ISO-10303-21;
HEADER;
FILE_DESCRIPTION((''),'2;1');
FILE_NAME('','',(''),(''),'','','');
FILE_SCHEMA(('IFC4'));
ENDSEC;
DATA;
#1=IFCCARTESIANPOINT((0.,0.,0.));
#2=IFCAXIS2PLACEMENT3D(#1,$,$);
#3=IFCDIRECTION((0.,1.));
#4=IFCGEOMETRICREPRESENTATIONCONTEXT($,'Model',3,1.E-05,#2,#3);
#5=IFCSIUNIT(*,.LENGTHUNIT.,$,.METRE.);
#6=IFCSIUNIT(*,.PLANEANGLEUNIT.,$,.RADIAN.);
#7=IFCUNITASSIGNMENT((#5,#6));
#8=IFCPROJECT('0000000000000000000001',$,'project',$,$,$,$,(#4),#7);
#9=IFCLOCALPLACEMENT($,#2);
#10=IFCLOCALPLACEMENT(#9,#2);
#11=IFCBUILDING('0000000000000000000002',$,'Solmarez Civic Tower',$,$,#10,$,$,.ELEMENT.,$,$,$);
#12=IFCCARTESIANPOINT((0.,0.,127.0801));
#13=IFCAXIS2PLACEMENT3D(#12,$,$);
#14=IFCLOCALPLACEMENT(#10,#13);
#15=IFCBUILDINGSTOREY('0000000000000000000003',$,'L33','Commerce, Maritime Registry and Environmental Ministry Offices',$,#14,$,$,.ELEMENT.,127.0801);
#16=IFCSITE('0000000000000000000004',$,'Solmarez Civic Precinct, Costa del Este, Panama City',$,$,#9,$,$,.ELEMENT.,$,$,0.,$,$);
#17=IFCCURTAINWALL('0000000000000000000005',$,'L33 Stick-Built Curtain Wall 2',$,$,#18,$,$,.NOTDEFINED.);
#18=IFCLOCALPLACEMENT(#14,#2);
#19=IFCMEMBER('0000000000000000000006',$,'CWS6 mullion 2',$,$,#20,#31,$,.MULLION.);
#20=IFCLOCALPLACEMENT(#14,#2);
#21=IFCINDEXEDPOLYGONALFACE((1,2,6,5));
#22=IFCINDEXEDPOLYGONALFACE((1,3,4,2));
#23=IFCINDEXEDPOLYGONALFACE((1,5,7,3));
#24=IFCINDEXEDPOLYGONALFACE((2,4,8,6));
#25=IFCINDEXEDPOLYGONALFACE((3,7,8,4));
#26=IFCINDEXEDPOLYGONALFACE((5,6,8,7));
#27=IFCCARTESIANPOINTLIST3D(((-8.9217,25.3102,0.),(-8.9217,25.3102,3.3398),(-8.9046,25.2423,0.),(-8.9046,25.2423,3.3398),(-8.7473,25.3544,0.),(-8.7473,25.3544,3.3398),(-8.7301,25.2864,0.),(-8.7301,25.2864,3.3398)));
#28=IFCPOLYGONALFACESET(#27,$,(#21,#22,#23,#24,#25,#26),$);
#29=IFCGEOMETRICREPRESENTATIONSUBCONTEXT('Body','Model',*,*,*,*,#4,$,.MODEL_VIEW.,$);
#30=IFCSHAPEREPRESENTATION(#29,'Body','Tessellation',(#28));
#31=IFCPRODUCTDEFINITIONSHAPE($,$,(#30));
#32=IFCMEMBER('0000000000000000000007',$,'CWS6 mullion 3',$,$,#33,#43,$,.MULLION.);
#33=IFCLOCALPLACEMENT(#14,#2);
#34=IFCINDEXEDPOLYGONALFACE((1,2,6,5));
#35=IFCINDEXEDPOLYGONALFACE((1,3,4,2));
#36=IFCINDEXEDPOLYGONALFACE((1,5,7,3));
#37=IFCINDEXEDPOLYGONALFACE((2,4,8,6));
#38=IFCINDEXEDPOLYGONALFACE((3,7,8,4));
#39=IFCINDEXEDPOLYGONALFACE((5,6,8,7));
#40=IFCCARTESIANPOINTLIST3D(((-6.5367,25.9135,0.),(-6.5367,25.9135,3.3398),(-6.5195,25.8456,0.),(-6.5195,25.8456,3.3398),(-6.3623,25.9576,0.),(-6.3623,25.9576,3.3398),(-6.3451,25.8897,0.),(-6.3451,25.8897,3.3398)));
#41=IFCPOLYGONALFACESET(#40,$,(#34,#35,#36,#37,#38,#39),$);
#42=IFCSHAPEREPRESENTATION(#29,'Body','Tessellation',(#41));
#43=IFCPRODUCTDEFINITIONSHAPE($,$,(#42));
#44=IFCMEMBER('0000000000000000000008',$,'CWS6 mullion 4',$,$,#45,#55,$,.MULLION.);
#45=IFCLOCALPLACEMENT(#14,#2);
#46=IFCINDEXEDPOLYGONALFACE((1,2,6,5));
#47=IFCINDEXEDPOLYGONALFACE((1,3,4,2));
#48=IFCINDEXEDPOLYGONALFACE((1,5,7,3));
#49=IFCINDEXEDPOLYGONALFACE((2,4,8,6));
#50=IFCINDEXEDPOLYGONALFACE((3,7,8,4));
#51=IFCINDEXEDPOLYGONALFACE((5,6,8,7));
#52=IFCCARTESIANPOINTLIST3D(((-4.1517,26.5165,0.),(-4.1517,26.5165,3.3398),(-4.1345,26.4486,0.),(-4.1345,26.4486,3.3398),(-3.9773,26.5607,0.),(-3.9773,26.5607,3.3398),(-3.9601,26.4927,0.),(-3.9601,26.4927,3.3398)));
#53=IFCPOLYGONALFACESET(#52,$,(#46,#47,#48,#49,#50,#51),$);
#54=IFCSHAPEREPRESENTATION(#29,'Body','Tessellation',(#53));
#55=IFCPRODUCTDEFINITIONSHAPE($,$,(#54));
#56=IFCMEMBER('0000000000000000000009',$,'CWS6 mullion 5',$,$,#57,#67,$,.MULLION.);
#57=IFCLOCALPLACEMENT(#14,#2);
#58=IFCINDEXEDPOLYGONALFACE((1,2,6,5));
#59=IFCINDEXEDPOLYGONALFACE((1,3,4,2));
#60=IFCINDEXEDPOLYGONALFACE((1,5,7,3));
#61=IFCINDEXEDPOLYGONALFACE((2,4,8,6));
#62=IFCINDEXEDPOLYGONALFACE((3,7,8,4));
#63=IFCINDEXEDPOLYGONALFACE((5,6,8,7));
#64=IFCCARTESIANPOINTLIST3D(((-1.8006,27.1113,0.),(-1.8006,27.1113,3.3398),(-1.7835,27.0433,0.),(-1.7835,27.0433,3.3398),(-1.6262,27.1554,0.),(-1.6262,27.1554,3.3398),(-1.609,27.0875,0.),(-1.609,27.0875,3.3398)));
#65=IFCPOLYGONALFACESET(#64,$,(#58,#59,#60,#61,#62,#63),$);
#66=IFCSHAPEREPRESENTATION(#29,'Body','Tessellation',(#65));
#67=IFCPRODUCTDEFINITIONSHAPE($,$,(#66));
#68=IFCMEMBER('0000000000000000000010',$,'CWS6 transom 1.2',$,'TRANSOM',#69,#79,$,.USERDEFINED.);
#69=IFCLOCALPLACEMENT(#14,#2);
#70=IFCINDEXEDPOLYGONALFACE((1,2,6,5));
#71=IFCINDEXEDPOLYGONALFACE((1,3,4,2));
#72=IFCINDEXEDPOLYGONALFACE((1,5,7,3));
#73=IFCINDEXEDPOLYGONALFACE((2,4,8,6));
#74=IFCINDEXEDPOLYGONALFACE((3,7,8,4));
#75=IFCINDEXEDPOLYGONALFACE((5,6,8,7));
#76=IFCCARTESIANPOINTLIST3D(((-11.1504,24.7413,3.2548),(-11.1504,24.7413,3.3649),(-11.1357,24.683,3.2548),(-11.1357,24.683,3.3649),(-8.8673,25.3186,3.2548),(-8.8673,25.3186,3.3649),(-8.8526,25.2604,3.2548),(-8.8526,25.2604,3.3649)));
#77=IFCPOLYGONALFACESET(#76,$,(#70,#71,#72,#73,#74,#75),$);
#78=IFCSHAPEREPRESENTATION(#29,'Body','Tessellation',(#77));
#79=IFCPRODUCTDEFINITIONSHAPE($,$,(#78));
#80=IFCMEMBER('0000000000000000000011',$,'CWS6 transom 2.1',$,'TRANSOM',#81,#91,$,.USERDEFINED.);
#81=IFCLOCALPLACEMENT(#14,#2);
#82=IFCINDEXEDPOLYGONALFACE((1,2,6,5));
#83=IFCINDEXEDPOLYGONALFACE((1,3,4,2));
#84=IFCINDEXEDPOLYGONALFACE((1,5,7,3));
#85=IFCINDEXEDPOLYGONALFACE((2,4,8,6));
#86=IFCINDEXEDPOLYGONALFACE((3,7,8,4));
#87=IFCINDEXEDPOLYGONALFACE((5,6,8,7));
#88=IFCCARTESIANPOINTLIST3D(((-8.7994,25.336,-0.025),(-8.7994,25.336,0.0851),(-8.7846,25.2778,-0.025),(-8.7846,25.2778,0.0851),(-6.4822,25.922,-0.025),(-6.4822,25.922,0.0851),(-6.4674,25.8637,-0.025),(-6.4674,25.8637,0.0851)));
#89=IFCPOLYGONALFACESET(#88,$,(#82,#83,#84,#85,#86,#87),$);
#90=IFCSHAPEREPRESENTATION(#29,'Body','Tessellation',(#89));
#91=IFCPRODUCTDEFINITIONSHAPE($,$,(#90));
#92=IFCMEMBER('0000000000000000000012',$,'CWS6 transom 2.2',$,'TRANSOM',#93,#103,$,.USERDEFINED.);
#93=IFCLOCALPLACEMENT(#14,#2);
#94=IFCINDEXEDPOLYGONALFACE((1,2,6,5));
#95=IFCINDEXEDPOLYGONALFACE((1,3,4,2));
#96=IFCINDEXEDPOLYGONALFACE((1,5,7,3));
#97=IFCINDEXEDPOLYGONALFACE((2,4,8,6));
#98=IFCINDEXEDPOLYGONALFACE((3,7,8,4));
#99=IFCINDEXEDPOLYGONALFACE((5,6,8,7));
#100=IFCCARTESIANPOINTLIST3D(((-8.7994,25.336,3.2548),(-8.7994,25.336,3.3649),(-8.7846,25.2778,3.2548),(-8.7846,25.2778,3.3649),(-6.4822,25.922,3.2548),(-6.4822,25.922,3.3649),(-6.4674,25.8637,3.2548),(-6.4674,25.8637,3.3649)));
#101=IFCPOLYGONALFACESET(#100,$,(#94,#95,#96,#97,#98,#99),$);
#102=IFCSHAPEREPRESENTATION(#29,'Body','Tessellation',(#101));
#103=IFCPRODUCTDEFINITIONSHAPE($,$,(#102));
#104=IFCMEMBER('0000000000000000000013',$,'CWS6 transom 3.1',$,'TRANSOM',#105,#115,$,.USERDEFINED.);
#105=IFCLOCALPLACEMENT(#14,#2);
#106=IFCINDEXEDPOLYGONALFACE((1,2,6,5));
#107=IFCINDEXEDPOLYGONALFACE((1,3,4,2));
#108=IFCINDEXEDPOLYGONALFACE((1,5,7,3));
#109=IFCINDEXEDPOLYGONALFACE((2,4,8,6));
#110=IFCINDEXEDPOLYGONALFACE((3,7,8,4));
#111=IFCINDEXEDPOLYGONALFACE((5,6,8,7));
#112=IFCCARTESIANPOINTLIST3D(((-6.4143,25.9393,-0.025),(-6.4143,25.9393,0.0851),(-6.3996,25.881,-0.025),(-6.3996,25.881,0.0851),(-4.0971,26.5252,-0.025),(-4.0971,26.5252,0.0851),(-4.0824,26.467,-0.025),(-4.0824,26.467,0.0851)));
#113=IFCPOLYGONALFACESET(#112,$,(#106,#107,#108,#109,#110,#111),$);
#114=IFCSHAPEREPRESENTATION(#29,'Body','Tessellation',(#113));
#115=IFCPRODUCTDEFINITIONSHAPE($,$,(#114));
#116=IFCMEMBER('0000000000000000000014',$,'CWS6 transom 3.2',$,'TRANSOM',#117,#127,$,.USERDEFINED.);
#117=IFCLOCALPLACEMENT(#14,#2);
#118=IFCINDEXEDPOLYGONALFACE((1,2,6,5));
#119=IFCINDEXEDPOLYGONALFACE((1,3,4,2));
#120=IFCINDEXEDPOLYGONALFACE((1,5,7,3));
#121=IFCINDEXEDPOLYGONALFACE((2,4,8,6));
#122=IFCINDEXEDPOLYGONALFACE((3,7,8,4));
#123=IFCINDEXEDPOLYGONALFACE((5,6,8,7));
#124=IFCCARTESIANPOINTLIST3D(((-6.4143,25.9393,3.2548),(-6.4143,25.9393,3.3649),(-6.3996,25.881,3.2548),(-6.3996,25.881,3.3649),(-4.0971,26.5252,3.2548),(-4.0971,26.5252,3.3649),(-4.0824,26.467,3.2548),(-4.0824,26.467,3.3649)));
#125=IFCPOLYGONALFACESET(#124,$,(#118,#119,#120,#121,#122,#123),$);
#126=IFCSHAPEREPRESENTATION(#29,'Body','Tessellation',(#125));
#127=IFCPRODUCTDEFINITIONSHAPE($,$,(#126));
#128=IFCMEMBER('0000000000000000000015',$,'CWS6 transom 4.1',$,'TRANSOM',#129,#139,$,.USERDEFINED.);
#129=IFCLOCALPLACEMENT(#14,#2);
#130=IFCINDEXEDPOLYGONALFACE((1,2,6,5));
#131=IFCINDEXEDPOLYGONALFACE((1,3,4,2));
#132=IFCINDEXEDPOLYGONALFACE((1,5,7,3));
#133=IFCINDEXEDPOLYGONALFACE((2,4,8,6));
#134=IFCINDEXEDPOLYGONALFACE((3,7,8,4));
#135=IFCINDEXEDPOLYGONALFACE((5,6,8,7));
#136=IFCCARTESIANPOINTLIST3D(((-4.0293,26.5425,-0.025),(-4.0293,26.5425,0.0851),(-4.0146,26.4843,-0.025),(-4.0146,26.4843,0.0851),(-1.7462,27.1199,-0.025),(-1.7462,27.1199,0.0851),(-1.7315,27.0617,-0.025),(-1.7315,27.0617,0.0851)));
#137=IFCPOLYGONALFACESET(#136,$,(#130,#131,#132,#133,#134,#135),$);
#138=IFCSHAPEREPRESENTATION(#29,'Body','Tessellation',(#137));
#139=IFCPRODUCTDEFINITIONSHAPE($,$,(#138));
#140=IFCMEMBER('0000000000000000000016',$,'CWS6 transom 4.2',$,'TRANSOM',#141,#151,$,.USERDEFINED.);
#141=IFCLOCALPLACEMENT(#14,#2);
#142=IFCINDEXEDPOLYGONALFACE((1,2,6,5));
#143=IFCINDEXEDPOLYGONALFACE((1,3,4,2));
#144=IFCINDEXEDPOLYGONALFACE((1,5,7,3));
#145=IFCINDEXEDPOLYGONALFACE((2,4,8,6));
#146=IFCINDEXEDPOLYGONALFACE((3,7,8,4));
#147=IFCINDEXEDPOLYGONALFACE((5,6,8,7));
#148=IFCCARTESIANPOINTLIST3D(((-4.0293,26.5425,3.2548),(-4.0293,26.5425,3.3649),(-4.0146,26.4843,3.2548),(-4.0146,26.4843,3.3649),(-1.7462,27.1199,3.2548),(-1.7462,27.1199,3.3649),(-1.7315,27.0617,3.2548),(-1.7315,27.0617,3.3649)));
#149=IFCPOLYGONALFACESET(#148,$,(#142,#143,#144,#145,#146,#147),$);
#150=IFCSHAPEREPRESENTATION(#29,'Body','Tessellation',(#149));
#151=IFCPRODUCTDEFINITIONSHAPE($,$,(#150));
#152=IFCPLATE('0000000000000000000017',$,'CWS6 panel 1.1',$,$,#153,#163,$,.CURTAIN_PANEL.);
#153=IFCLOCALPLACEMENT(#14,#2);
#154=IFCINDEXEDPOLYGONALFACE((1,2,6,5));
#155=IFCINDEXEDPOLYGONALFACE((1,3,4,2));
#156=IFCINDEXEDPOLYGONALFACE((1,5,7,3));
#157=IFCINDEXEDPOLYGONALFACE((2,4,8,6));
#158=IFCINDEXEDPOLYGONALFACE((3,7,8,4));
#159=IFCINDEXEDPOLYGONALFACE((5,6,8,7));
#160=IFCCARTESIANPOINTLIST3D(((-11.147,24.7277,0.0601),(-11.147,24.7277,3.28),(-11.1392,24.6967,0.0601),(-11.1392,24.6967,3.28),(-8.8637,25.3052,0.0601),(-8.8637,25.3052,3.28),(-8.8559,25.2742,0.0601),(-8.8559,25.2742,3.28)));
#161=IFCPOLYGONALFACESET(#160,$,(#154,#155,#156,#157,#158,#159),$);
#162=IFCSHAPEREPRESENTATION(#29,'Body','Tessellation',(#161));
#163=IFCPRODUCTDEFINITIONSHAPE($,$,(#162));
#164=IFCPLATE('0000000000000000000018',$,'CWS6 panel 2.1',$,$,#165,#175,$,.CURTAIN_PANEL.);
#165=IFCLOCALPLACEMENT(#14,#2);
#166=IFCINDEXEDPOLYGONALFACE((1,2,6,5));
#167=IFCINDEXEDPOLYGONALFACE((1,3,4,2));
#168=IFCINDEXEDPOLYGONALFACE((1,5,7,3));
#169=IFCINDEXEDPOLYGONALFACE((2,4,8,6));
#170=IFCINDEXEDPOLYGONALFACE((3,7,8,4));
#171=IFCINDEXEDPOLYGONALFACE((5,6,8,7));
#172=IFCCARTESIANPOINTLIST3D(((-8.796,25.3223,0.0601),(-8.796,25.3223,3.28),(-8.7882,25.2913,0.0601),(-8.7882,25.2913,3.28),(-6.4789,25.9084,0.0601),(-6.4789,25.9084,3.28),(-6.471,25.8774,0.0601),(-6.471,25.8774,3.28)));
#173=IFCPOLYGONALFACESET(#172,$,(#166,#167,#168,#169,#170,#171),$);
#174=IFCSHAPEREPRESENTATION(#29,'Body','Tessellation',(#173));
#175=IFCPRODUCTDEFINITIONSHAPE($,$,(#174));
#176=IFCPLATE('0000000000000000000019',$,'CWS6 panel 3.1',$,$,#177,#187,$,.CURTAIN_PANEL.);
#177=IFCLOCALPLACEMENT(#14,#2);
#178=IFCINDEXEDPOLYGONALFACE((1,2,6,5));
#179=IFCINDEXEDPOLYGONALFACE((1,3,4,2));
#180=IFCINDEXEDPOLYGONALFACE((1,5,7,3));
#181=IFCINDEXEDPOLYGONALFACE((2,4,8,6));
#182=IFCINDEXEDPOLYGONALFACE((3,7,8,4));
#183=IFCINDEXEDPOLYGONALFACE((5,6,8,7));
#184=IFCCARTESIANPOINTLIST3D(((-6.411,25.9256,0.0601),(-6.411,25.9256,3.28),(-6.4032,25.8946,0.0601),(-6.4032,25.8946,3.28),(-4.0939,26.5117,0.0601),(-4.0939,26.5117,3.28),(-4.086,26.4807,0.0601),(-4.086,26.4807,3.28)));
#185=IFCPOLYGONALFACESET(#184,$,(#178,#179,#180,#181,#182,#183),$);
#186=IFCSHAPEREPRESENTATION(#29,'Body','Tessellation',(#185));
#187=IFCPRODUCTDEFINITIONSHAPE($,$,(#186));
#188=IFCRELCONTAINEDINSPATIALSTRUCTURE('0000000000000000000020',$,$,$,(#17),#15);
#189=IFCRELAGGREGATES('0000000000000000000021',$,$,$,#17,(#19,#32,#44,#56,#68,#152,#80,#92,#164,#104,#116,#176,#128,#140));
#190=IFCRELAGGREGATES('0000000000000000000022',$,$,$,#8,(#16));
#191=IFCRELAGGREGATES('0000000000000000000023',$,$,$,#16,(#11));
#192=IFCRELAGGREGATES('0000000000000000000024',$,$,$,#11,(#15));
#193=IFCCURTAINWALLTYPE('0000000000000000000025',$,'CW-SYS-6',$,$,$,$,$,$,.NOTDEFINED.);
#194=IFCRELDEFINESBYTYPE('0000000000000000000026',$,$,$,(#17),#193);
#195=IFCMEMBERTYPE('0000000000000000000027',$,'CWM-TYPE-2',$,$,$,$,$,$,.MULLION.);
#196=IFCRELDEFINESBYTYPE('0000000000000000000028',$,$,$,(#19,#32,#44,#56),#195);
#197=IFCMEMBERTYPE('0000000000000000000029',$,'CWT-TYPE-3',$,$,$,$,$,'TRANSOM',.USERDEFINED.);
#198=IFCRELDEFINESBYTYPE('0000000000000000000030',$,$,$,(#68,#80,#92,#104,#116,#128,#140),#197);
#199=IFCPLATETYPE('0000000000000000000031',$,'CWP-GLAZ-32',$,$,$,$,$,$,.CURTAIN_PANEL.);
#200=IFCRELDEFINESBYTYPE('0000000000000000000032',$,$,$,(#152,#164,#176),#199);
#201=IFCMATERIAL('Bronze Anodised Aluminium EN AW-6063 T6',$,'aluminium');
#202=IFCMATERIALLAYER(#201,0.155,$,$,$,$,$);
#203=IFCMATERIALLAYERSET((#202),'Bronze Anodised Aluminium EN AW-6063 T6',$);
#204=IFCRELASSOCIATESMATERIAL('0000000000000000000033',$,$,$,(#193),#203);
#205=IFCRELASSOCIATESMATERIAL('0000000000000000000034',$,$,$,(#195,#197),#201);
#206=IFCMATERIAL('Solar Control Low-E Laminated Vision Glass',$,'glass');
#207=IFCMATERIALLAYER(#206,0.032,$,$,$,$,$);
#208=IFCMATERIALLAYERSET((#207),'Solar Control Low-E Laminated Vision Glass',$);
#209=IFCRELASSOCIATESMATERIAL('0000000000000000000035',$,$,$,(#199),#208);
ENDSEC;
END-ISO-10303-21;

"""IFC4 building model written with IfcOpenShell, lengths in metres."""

from ifc_helpers import new_model, si_unit, direction, frame, origin, origin_2d, place, context, subcontext, project, spatial, rectangle, extrude, material, layer, layer_set, material_profile, profile_set, type_object, element, aggregate, save


model = new_model("IFC4")

# Units and contexts
model_context = context("Model", 3, precision=1e-05, world=origin(), true_north=direction((0.0, 1.0)))
body_context = subcontext(model_context, "Body", "Model", "MODEL_VIEW")
ifc_project = project(units=[si_unit("LENGTHUNIT", "METRE"), si_unit("PLANEANGLEUNIT", "RADIAN")], contexts=[model_context])

# Site, building, storey
site_placement = place(None, origin())
site = spatial("IfcSite", under=ifc_project, at=site_placement, Name="Solmarez Civic Precinct, Costa del Este, Panama City", CompositionType="ELEMENT", RefElevation=0.0)
building_placement = place(site_placement, origin())
building = spatial("IfcBuilding", under=site, at=building_placement, Name="Solmarez Civic Tower", CompositionType="ELEMENT")
storey_placement = place(building_placement, frame((0.0, 0.0, 127.0801)))
storey = spatial("IfcBuildingStorey", under=building, at=storey_placement, Name="L33", Description="Commerce, Maritime Registry and Environmental Ministry Offices", CompositionType="ELEMENT", Elevation=127.0801)

# Curtain wall, members, plates
ifc_material_1 = material(Name="Bronze Anodised Aluminium EN AW-6063 T6", Category="aluminium")
ifc_layer_1 = layer(ifc_material_1, 0.155)
ifc_layer_set_1 = layer_set([ifc_layer_1], Name="Bronze Anodised Aluminium EN AW-6063 T6")
curtain_wall_type = type_object("IfcCurtainWallType", Name="CW-SYS-6", PredefinedType="NOTDEFINED", material=ifc_layer_set_1)
curtain_wall_placement = place(storey_placement, origin())
curtain_wall = element("IfcCurtainWall", 1, at=curtain_wall_placement, inside=storey, type_object=curtain_wall_type, Name="L33 Stick-Built Curtain Wall 2", PredefinedType="NOTDEFINED")
ifc_material_profile_1 = material_profile(ifc_material_1, rectangle(XDim=0.0701, YDim=0.1799, at=origin_2d()), Name="CWM-70X180")
ifc_profile_set_1 = profile_set([ifc_material_profile_1], Name="Bronze Anodised Aluminium EN AW-6063 T6")
member_type_1 = type_object("IfcMemberType", Name="CWM-TYPE-2", PredefinedType="MULLION", material=ifc_profile_set_1)
member_1_placement = place(storey_placement, frame((-8.8259, 25.2983, 0.0), z_axis=(0.0, 0.0, 1.0), x_axis=(-0.245213, 0.969469, 0.0)))
member_1 = element("IfcMember", 2, at=member_1_placement, type_object=member_type_1, Name="CWS6 mullion 2", PredefinedType="MULLION", context=body_context, shape_type="SweptSolid", body=[
    extrude(rectangle(XDim=0.0701, YDim=0.1799, at=origin_2d()), origin(), (0.0, 0.0, 1.0), 3.3398),
])
member_2_placement = place(storey_placement, frame((-6.4409, 25.9016, 0.0), z_axis=(0.0, 0.0, 1.0), x_axis=(-0.245213, 0.969469, 0.0)))
member_2 = element("IfcMember", 3, at=member_2_placement, type_object=member_type_1, Name="CWS6 mullion 3", PredefinedType="MULLION", context=body_context, shape_type="SweptSolid", body=[
    extrude(rectangle(XDim=0.0701, YDim=0.1799, at=origin_2d()), origin(), (0.0, 0.0, 1.0), 3.3398),
])
member_3_placement = place(storey_placement, frame((-4.0559, 26.5046, 0.0), z_axis=(0.0, 0.0, 1.0), x_axis=(-0.245213, 0.969469, 0.0)))
member_3 = element("IfcMember", 4, at=member_3_placement, type_object=member_type_1, Name="CWS6 mullion 4", PredefinedType="MULLION", context=body_context, shape_type="SweptSolid", body=[
    extrude(rectangle(XDim=0.0701, YDim=0.1799, at=origin_2d()), origin(), (0.0, 0.0, 1.0), 3.3398),
])
member_4_placement = place(storey_placement, frame((-1.7048, 27.0994, 0.0), z_axis=(0.0, 0.0, 1.0), x_axis=(-0.245213, 0.969469, 0.0)))
member_4 = element("IfcMember", 5, at=member_4_placement, type_object=member_type_1, Name="CWS6 mullion 5", PredefinedType="MULLION", context=body_context, shape_type="SweptSolid", body=[
    extrude(rectangle(XDim=0.0701, YDim=0.1799, at=origin_2d()), origin(), (0.0, 0.0, 1.0), 3.3398),
])
ifc_material_profile_2 = material_profile(ifc_material_1, rectangle(XDim=0.0601, YDim=0.1101, at=origin_2d()), Name="CWT-60X110")
ifc_profile_set_2 = profile_set([ifc_material_profile_2], Name="Bronze Anodised Aluminium EN AW-6063 T6")
member_type_2 = type_object("IfcMemberType", Name="CWT-TYPE-3", ElementType="TRANSOM", PredefinedType="USERDEFINED", material=ifc_profile_set_2)
member_5_placement = place(storey_placement, frame((-11.1431, 24.7122, 3.3098), z_axis=(0.96948, 0.245169, 0.0), x_axis=(-0.245169, 0.96948, 0.0)))
member_5 = element("IfcMember", 6, at=member_5_placement, type_object=member_type_2, Name="CWS6 transom 1.2", ObjectType="TRANSOM", PredefinedType="USERDEFINED", context=body_context, shape_type="SweptSolid", body=[
    extrude(rectangle(XDim=0.0601, YDim=0.1101, at=origin_2d()), origin(), (0.0, 0.0, 1.0), 2.355),
])
member_6_placement = place(storey_placement, frame((-8.792, 25.3069, 0.03), z_axis=(0.969484, 0.245155, 0.0), x_axis=(-0.245155, 0.969484, 0.0)))
member_6 = element("IfcMember", 7, at=member_6_placement, type_object=member_type_2, Name="CWS6 transom 2.1", ObjectType="TRANSOM", PredefinedType="USERDEFINED", context=body_context, shape_type="SweptSolid", body=[
    extrude(rectangle(XDim=0.0601, YDim=0.1101, at=origin_2d()), origin(), (0.0, 0.0, 1.0), 2.3901),
])
member_7_placement = place(storey_placement, frame((-8.792, 25.3069, 3.3098), z_axis=(0.969484, 0.245155, 0.0), x_axis=(-0.245155, 0.969484, 0.0)))
member_7 = element("IfcMember", 8, at=member_7_placement, type_object=member_type_2, Name="CWS6 transom 2.2", ObjectType="TRANSOM", PredefinedType="USERDEFINED", context=body_context, shape_type="SweptSolid", body=[
    extrude(rectangle(XDim=0.0601, YDim=0.1101, at=origin_2d()), origin(), (0.0, 0.0, 1.0), 2.3901),
])
member_8_placement = place(storey_placement, frame((-6.407, 25.9102, 0.03), z_axis=(0.969484, 0.245155, 0.0), x_axis=(-0.245155, 0.969484, 0.0)))
member_8 = element("IfcMember", 9, at=member_8_placement, type_object=member_type_2, Name="CWS6 transom 3.1", ObjectType="TRANSOM", PredefinedType="USERDEFINED", context=body_context, shape_type="SweptSolid", body=[
    extrude(rectangle(XDim=0.0601, YDim=0.1101, at=origin_2d()), origin(), (0.0, 0.0, 1.0), 2.3901),
])
member_9_placement = place(storey_placement, frame((-6.407, 25.9102, 3.3098), z_axis=(0.969484, 0.245155, 0.0), x_axis=(-0.245155, 0.969484, 0.0)))
member_9 = element("IfcMember", 10, at=member_9_placement, type_object=member_type_2, Name="CWS6 transom 3.2", ObjectType="TRANSOM", PredefinedType="USERDEFINED", context=body_context, shape_type="SweptSolid", body=[
    extrude(rectangle(XDim=0.0601, YDim=0.1101, at=origin_2d()), origin(), (0.0, 0.0, 1.0), 2.3901),
])
member_10_placement = place(storey_placement, frame((-4.022, 26.5134, 0.03), z_axis=(0.96948, 0.245169, 0.0), x_axis=(-0.245169, 0.96948, 0.0)))
member_10 = element("IfcMember", 11, at=member_10_placement, type_object=member_type_2, Name="CWS6 transom 4.1", ObjectType="TRANSOM", PredefinedType="USERDEFINED", context=body_context, shape_type="SweptSolid", body=[
    extrude(rectangle(XDim=0.0601, YDim=0.1101, at=origin_2d()), origin(), (0.0, 0.0, 1.0), 2.355),
])
member_11_placement = place(storey_placement, frame((-4.022, 26.5134, 3.3098), z_axis=(0.96948, 0.245169, 0.0), x_axis=(-0.245169, 0.96948, 0.0)))
member_11 = element("IfcMember", 12, at=member_11_placement, type_object=member_type_2, Name="CWS6 transom 4.2", ObjectType="TRANSOM", PredefinedType="USERDEFINED", context=body_context, shape_type="SweptSolid", body=[
    extrude(rectangle(XDim=0.0601, YDim=0.1101, at=origin_2d()), origin(), (0.0, 0.0, 1.0), 2.355),
])
ifc_material_2 = material(Name="Solar Control Low-E Laminated Vision Glass", Category="glass")
ifc_layer_2 = layer(ifc_material_2, 0.032)
ifc_layer_set_2 = layer_set([ifc_layer_2], Name="Solar Control Low-E Laminated Vision Glass")
plate_type = type_object("IfcPlateType", Name="CWP-GLAZ-32", PredefinedType="CURTAIN_PANEL", material=ifc_layer_set_2)
plate_1_placement = place(storey_placement, frame((-10.0015, 25.001, 0.0601), z_axis=(0.0, 0.0, 1.0), x_axis=(0.969469, 0.245213, 0.0)))
plate_1 = element("IfcPlate", 13, at=plate_1_placement, type_object=plate_type, Name="CWS6 panel 1.1", PredefinedType="CURTAIN_PANEL", context=body_context, shape_type="SweptSolid", body=[
    extrude(rectangle(XDim=2.3552, YDim=0.032, at=origin_2d()), origin(), (0.0, 0.0, 1.0), 3.22),
])
plate_2_placement = place(storey_placement, frame((-7.6335, 25.5999, 0.0601), z_axis=(0.0, 0.0, 1.0), x_axis=(0.969469, 0.245213, 0.0)))
plate_2 = element("IfcPlate", 14, at=plate_2_placement, type_object=plate_type, Name="CWS6 panel 2.1", PredefinedType="CURTAIN_PANEL", context=body_context, shape_type="SweptSolid", body=[
    extrude(rectangle(XDim=2.3901, YDim=0.032, at=origin_2d()), origin(), (0.0, 0.0, 1.0), 3.22),
])
plate_3_placement = place(storey_placement, frame((-5.2485, 26.2031, 0.0601), z_axis=(0.0, 0.0, 1.0), x_axis=(0.969469, 0.245213, 0.0)))
plate_3 = element("IfcPlate", 15, at=plate_3_placement, type_object=plate_type, Name="CWS6 panel 3.1", PredefinedType="CURTAIN_PANEL", context=body_context, shape_type="SweptSolid", body=[
    extrude(rectangle(XDim=2.3901, YDim=0.032, at=origin_2d()), origin(), (0.0, 0.0, 1.0), 3.22),
])
aggregate(curtain_wall, [member_1, member_2, member_3, member_4, member_5, plate_1, member_6, member_7, plate_2, member_8, member_9, plate_3, member_10, member_11])

save(model, "model.ifc")
